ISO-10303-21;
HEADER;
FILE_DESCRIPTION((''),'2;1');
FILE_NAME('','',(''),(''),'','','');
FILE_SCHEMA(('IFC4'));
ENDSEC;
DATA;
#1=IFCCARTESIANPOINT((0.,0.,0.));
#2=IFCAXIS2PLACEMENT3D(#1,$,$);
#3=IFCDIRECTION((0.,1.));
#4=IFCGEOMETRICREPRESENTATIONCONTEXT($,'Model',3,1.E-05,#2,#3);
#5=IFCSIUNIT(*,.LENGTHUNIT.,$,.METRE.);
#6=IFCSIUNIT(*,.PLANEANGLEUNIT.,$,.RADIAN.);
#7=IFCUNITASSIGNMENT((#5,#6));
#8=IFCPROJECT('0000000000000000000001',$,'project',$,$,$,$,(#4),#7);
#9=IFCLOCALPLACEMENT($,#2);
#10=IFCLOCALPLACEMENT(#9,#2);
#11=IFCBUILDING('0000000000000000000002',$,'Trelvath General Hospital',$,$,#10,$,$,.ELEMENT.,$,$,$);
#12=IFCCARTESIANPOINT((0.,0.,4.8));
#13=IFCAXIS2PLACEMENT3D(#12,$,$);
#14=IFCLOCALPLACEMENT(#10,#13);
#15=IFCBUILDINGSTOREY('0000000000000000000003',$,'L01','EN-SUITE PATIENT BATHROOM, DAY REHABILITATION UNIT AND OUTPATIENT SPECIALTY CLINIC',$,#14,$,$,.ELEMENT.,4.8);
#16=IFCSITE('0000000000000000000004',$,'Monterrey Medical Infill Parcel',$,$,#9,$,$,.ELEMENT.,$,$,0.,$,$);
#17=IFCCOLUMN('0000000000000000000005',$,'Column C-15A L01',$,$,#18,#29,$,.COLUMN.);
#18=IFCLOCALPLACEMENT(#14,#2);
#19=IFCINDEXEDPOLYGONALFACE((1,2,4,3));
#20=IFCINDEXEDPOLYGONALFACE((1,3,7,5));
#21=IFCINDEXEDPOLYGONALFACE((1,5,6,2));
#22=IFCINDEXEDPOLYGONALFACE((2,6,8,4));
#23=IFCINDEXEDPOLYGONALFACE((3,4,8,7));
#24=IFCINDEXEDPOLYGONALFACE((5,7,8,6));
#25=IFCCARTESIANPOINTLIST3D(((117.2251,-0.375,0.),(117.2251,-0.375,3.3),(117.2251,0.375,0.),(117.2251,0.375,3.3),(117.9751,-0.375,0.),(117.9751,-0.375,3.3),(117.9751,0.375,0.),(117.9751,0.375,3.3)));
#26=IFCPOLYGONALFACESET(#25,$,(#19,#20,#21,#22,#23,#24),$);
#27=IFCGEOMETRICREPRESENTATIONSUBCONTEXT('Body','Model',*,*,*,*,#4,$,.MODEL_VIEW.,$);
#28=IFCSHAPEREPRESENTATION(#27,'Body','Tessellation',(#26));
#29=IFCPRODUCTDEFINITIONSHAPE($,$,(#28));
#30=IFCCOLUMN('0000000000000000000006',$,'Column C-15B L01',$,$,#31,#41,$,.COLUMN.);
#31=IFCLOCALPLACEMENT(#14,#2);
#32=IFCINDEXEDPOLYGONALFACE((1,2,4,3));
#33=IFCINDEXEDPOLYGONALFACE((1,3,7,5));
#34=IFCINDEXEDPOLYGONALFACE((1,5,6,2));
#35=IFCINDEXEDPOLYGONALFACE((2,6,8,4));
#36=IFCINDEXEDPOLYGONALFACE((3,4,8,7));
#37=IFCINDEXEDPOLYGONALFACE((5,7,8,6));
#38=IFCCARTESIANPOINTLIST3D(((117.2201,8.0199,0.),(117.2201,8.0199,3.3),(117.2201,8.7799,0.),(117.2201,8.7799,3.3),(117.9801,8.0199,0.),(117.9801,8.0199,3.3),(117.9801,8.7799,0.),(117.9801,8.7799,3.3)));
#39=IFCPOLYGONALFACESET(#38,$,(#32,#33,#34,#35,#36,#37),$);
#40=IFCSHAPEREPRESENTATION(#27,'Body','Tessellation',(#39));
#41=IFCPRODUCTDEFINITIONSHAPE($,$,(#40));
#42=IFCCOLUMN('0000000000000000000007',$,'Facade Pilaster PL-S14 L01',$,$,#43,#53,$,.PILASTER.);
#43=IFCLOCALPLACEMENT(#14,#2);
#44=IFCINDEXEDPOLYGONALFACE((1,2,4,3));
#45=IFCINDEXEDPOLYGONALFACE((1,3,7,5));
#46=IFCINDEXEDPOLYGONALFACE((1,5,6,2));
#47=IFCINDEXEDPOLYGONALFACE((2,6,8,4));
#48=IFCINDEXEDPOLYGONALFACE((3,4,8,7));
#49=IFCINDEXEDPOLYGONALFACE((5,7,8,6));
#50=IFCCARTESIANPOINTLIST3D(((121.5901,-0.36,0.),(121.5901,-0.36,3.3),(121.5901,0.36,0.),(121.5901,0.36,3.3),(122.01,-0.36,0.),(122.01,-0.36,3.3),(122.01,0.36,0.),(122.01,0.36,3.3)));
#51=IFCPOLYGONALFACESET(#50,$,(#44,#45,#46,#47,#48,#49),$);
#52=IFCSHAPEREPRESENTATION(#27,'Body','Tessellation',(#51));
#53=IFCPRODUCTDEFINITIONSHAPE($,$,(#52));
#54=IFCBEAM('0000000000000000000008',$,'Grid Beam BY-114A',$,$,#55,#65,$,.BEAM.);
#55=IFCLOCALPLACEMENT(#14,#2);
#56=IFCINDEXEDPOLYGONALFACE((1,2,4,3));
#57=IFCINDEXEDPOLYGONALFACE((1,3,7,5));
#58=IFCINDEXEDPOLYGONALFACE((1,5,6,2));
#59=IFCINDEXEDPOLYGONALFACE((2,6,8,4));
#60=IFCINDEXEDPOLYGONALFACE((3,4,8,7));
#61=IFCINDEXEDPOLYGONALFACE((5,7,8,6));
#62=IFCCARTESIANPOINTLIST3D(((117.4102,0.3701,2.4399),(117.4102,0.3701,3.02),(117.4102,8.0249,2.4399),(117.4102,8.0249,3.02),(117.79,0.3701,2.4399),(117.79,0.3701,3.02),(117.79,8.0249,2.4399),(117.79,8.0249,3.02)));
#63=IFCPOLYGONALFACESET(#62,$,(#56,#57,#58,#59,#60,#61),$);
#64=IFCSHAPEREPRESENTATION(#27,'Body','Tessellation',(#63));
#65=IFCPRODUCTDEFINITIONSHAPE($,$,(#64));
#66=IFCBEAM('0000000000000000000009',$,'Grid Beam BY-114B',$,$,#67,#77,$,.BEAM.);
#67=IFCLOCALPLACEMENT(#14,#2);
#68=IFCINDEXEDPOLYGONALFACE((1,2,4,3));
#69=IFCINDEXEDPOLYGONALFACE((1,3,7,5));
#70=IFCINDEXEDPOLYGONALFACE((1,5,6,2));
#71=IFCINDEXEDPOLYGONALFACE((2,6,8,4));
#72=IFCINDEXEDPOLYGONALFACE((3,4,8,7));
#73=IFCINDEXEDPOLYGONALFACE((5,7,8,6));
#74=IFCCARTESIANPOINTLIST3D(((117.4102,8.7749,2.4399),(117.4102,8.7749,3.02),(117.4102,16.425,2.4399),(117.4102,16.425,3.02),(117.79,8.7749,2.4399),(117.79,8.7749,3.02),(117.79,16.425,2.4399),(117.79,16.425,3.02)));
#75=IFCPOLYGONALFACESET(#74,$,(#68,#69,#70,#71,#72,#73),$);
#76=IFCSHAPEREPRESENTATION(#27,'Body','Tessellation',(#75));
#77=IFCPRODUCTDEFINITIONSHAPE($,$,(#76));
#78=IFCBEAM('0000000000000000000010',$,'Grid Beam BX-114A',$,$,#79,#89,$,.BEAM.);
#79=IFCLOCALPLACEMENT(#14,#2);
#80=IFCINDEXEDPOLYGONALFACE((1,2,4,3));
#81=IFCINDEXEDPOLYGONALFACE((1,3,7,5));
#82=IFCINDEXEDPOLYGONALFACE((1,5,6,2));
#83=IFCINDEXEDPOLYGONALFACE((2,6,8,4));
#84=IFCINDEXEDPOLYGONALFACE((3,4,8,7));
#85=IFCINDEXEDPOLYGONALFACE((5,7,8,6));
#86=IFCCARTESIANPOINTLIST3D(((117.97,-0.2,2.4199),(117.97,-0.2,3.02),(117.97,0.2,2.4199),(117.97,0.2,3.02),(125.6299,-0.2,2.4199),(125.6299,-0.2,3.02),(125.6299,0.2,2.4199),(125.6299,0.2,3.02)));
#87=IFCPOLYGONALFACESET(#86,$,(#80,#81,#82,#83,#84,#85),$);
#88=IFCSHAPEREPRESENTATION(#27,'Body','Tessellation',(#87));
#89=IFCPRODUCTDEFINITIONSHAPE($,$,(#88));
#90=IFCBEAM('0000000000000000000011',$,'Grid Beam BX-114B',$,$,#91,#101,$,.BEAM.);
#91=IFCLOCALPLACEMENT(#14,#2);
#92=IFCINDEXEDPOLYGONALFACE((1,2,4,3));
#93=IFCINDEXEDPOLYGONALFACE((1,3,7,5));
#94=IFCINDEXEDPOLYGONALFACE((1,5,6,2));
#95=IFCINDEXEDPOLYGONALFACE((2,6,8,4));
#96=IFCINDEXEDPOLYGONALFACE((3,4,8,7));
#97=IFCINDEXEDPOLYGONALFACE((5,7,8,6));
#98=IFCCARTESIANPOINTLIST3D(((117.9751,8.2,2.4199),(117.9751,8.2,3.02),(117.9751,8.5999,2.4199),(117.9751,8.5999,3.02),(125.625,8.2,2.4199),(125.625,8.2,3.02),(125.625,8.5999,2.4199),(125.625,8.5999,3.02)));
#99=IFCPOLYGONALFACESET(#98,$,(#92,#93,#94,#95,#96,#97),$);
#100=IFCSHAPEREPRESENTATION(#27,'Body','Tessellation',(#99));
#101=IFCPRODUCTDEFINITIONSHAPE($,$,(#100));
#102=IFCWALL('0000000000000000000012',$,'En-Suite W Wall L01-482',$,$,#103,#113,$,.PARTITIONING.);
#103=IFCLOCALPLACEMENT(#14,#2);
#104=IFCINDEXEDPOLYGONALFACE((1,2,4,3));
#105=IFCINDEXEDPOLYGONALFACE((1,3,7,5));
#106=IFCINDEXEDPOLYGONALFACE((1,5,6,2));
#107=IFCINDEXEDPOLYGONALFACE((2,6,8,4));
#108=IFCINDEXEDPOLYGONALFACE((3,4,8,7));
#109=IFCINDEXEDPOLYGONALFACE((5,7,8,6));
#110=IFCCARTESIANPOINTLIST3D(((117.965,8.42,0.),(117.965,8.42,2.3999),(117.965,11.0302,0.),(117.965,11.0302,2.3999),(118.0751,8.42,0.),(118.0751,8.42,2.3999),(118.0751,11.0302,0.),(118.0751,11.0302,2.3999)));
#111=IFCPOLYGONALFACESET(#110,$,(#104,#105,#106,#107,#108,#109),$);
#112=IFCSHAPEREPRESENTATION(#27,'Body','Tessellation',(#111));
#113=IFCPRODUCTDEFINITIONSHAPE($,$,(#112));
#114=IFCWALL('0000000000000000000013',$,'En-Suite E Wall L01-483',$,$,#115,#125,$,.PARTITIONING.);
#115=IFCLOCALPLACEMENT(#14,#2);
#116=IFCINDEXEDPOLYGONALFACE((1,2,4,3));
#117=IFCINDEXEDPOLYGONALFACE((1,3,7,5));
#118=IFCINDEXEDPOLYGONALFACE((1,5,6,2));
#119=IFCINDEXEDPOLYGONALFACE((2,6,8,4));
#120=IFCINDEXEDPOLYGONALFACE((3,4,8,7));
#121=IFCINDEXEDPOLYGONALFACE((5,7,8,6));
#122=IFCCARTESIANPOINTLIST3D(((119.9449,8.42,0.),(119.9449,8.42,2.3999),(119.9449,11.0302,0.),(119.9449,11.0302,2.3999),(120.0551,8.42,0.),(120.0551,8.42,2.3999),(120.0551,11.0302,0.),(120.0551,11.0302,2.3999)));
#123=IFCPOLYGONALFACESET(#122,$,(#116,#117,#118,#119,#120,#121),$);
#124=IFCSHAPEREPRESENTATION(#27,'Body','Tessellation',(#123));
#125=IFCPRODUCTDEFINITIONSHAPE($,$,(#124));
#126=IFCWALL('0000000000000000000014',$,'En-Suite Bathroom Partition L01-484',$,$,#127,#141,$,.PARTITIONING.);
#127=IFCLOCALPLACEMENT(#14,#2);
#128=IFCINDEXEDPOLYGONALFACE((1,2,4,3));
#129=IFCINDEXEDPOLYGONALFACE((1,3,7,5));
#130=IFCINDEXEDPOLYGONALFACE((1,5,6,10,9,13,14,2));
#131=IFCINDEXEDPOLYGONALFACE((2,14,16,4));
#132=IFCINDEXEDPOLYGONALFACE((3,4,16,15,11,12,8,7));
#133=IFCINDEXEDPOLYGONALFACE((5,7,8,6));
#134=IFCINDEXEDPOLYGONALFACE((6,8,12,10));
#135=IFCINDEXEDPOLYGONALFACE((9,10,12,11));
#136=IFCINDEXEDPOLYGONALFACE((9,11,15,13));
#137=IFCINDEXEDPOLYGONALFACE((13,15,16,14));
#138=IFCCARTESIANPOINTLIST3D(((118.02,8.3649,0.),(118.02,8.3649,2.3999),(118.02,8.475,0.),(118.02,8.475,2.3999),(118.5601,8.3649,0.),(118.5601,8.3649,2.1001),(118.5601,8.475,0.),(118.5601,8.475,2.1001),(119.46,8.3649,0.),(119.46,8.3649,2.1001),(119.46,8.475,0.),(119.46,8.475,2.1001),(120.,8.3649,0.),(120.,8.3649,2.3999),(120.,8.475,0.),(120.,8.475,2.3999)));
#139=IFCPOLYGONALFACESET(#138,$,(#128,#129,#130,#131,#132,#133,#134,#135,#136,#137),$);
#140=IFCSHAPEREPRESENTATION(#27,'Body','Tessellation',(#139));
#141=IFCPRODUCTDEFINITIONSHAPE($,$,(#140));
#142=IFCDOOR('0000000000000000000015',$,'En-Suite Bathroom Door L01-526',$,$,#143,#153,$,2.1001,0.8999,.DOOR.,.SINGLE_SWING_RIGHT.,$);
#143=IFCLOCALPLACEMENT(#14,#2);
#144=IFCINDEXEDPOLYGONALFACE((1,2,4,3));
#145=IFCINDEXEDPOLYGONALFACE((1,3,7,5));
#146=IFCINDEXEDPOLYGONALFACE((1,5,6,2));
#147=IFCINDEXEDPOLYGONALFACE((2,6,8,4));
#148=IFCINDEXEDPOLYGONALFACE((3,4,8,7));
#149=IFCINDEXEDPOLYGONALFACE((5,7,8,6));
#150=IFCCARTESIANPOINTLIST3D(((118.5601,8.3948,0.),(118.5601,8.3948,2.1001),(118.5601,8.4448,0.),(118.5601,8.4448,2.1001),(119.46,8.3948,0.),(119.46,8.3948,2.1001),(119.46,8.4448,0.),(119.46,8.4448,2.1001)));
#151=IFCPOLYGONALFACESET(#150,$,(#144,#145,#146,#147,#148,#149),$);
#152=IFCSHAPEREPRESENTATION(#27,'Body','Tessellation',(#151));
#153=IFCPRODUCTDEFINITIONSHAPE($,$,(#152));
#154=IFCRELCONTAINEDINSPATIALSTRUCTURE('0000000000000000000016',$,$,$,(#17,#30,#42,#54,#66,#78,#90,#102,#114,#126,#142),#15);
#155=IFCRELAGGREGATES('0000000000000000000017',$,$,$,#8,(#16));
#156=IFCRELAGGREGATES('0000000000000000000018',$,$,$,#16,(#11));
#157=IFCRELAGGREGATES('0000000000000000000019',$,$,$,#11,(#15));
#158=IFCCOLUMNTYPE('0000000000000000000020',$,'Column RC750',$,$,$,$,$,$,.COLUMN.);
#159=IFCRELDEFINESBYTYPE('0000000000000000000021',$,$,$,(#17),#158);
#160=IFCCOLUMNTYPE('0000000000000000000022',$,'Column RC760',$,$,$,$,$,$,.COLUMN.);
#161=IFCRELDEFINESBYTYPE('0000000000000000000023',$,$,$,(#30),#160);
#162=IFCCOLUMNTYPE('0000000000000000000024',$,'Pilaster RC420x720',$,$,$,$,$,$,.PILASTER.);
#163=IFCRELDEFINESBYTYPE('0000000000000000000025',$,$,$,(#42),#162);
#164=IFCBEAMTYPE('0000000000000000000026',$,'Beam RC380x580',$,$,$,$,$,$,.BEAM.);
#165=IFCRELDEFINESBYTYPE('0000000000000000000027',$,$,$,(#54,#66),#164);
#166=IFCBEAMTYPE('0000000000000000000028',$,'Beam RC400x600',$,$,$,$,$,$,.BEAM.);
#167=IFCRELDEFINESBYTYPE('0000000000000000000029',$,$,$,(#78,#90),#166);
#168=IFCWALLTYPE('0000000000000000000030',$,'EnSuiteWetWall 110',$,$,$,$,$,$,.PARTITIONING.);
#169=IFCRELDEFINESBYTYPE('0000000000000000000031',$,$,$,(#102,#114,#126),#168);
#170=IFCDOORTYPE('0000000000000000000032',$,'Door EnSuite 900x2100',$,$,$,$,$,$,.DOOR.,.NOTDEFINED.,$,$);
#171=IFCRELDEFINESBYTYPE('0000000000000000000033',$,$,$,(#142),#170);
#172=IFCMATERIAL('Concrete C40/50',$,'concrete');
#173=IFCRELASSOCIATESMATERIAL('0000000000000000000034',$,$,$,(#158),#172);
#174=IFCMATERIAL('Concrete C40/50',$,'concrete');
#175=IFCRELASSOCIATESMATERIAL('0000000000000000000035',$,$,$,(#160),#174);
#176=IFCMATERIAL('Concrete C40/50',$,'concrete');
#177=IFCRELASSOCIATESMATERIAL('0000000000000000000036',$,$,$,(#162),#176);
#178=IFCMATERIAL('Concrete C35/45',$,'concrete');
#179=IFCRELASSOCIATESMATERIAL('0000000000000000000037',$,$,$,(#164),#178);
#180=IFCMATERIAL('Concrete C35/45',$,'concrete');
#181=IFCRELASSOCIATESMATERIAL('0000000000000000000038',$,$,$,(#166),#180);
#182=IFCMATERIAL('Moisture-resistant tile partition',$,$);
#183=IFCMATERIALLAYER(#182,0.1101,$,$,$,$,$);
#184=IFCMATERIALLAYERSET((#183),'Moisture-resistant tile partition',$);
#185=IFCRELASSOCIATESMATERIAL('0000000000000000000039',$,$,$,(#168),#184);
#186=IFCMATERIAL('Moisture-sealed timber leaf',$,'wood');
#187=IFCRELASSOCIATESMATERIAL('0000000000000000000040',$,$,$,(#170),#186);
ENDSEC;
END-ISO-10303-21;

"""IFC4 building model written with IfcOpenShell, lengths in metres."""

from ifc_helpers import new_model, si_unit, direction, frame, frame_2d, origin, origin_2d, place, context, subcontext, project, spatial, rectangle, extrude, material, layer, layer_set, material_profile, profile_set, type_object, element, fill, save


model = new_model("IFC4")

# Units and contexts
model_context = context("Model", 3, precision=1e-05, world=origin(), true_north=direction((0.0, 1.0)))
body_context = subcontext(model_context, "Body", "Model", "MODEL_VIEW")
ifc_project = project(units=[si_unit("LENGTHUNIT", "METRE"), si_unit("PLANEANGLEUNIT", "RADIAN")], contexts=[model_context])

# Site, building, storey
site_placement = place(None, origin())
site = spatial("IfcSite", under=ifc_project, at=site_placement, Name="Monterrey Medical Infill Parcel", CompositionType="ELEMENT", RefElevation=0.0)
building_placement = place(site_placement, origin())
building = spatial("IfcBuilding", under=site, at=building_placement, Name="Trelvath General Hospital", CompositionType="ELEMENT")
storey_placement = place(building_placement, frame((0.0, 0.0, 4.8)))
storey = spatial("IfcBuildingStorey", under=building, at=storey_placement, Name="L01", Description="EN-SUITE PATIENT BATHROOM, DAY REHABILITATION UNIT AND OUTPATIENT SPECIALTY CLINIC", CompositionType="ELEMENT", Elevation=4.8)

# Columns
ifc_material_1 = material(Name="Concrete C40/50", Category="concrete")
ifc_material_profile_1 = material_profile(ifc_material_1, rectangle(XDim=0.75, YDim=0.75, at=origin_2d()), Name="RC750x750")
ifc_profile_set_1 = profile_set([ifc_material_profile_1], Name="Concrete C40/50")
column_type_1 = type_object("IfcColumnType", Name="Column RC750", PredefinedType="COLUMN", material=ifc_profile_set_1)
column_1_placement = place(storey_placement, frame((117.6001, 0.0, 0.0), z_axis=(0.0, 0.0, 1.0), x_axis=(1.0, 0.0, 0.0)))
element("IfcColumn", 1, at=column_1_placement, inside=storey, type_object=column_type_1, Name="Column C-15A L01", PredefinedType="COLUMN", context=body_context, shape_type="SweptSolid", body=[
    extrude(rectangle(XDim=0.75, YDim=0.75, at=origin_2d()), origin(), (0.0, 0.0, 1.0), 3.3),
])
ifc_material_2 = material(Name="Concrete C40/50", Category="concrete")
ifc_material_profile_2 = material_profile(ifc_material_2, rectangle(XDim=0.76, YDim=0.76, at=origin_2d()), Name="RC760x760")
ifc_profile_set_2 = profile_set([ifc_material_profile_2], Name="Concrete C40/50")
column_type_2 = type_object("IfcColumnType", Name="Column RC760", PredefinedType="COLUMN", material=ifc_profile_set_2)
column_2_placement = place(storey_placement, frame((117.6001, 8.3999, 0.0), z_axis=(0.0, 0.0, 1.0), x_axis=(1.0, 0.0, 0.0)))
element("IfcColumn", 2, at=column_2_placement, inside=storey, type_object=column_type_2, Name="Column C-15B L01", PredefinedType="COLUMN", context=body_context, shape_type="SweptSolid", body=[
    extrude(rectangle(XDim=0.76, YDim=0.76, at=origin_2d()), origin(), (0.0, 0.0, 1.0), 3.3),
])
ifc_material_3 = material(Name="Concrete C40/50", Category="concrete")
ifc_material_profile_3 = material_profile(ifc_material_3, rectangle(XDim=0.4199, YDim=0.72, at=origin_2d()), Name="RC420x720")
ifc_profile_set_3 = profile_set([ifc_material_profile_3], Name="Concrete C40/50")
column_type_3 = type_object("IfcColumnType", Name="Pilaster RC420x720", PredefinedType="PILASTER", material=ifc_profile_set_3)
column_3_placement = place(storey_placement, frame((121.8, 0.0, 0.0), z_axis=(0.0, 0.0, 1.0), x_axis=(1.0, 0.0, 0.0)))
element("IfcColumn", 3, at=column_3_placement, inside=storey, type_object=column_type_3, Name="Facade Pilaster PL-S14 L01", PredefinedType="PILASTER", context=body_context, shape_type="SweptSolid", body=[
    extrude(rectangle(XDim=0.4199, YDim=0.72, at=origin_2d()), origin(), (0.0, 0.0, 1.0), 3.3),
])

# Beams
ifc_material_4 = material(Name="Concrete C35/45", Category="concrete")
ifc_material_profile_4 = material_profile(ifc_material_4, rectangle(XDim=0.3799, YDim=0.5801, at=origin_2d()), Name="RCB380x580")
ifc_profile_set_4 = profile_set([ifc_material_profile_4], Name="Concrete C35/45")
beam_type_1 = type_object("IfcBeamType", Name="Beam RC380x580", PredefinedType="BEAM", material=ifc_profile_set_4)
beam_1_placement = place(storey_placement, frame((117.6001, 0.3701, 2.73), z_axis=(0.0, 1.0, 0.0), x_axis=(-1.0, 0.0, 0.0)))
element("IfcBeam", 4, at=beam_1_placement, inside=storey, type_object=beam_type_1, Name="Grid Beam BY-114A", PredefinedType="BEAM", context=body_context, shape_type="SweptSolid", body=[
    extrude(rectangle(XDim=0.3799, YDim=0.5801, at=origin_2d()), origin(), (0.0, 0.0, 1.0), 7.6548),
])
beam_2_placement = place(storey_placement, frame((117.6001, 8.7749, 2.73), z_axis=(0.0, 1.0, 0.0), x_axis=(-1.0, 0.0, 0.0)))
element("IfcBeam", 5, at=beam_2_placement, inside=storey, type_object=beam_type_1, Name="Grid Beam BY-114B", PredefinedType="BEAM", context=body_context, shape_type="SweptSolid", body=[
    extrude(rectangle(XDim=0.3799, YDim=0.5801, at=origin_2d()), origin(), (0.0, 0.0, 1.0), 7.6501),
])
ifc_material_5 = material(Name="Concrete C35/45", Category="concrete")
ifc_material_profile_5 = material_profile(ifc_material_5, rectangle(XDim=0.3999, YDim=0.6001, at=origin_2d()), Name="RCB400x600")
ifc_profile_set_5 = profile_set([ifc_material_profile_5], Name="Concrete C35/45")
beam_type_2 = type_object("IfcBeamType", Name="Beam RC400x600", PredefinedType="BEAM", material=ifc_profile_set_5)
beam_3_placement = place(storey_placement, frame((117.97, 0.0, 2.72), z_axis=(1.0, 0.0, 0.0), x_axis=(0.0, 1.0, 0.0)))
element("IfcBeam", 6, at=beam_3_placement, inside=storey, type_object=beam_type_2, Name="Grid Beam BX-114A", PredefinedType="BEAM", context=body_context, shape_type="SweptSolid", body=[
    extrude(rectangle(XDim=0.3999, YDim=0.6001, at=origin_2d()), origin(), (0.0, 0.0, 1.0), 7.6599),
])
beam_4_placement = place(storey_placement, frame((117.9751, 8.3999, 2.72), z_axis=(1.0, 0.0, 0.0), x_axis=(0.0, 1.0, 0.0)))
element("IfcBeam", 7, at=beam_4_placement, inside=storey, type_object=beam_type_2, Name="Grid Beam BX-114B", PredefinedType="BEAM", context=body_context, shape_type="SweptSolid", body=[
    extrude(rectangle(XDim=0.3999, YDim=0.6001, at=origin_2d()), origin(), (0.0, 0.0, 1.0), 7.6499),
])

# Walls
ifc_material_6 = material(Name="Moisture-resistant tile partition")
ifc_layer_1 = layer(ifc_material_6, 0.1101)
ifc_layer_set_1 = layer_set([ifc_layer_1], Name="Moisture-resistant tile partition")
wall_type_1 = type_object("IfcWallType", Name="EnSuiteWetWall 110", PredefinedType="PARTITIONING", material=ifc_layer_set_1)
for number, where, z_axis, x_axis, name in (
    (8, (118.02, 8.4199, 0.0), (0.0, 0.0, 1.0), (0.0, 1.0, 0.0), "En-Suite W Wall L01-482"),
    (9, (120.0, 8.4199, 0.0), (0.0, 0.0, 1.0), (0.0, 1.0, 0.0), "En-Suite E Wall L01-483"),
):
    element("IfcWall", number, at=place(storey_placement, frame(where, z_axis=z_axis, x_axis=x_axis)), inside=storey, type_object=wall_type_1, Name=name, PredefinedType="PARTITIONING", context=body_context, shape_type="SweptSolid", body=[
        extrude(rectangle(XDim=2.6101, YDim=0.1101, at=frame_2d((1.3052, 0.0))), origin(), (0.0, 0.0, 1.0), 2.3999),
    ])

# Wall, opening, door
wall_1_placement = place(storey_placement, frame((118.02, 8.4199, 0.0), z_axis=(0.0, 0.0, 1.0), x_axis=(1.0, 0.0, 0.0)))
wall_1 = element("IfcWall", 10, at=wall_1_placement, inside=storey, type_object=wall_type_1, Name="En-Suite Bathroom Partition L01-484", PredefinedType="PARTITIONING", context=body_context, shape_type="SweptSolid", body=[
    extrude(rectangle(XDim=1.98, YDim=0.1101, at=frame_2d((0.99, 0.0))), origin(), (0.0, 0.0, 1.0), 2.3999),
])
opening_1_placement = place(wall_1_placement, frame((0.54, 0.0, 0.0)))
opening_1 = element("IfcOpeningElement", 11, at=opening_1_placement, cuts=wall_1, PredefinedType="OPENING", context=body_context, shape_type="SweptSolid", body=[
    extrude(rectangle(XDim=0.8999, YDim=2.1001, at=frame_2d((0.45, 1.05))), frame((0.0, 0.0649, 0.0), z_axis=(0.0, -1.0, 0.0), x_axis=(1.0, 0.0, 0.0)), (0.0, 0.0, 1.0), 0.1301),
])
ifc_material_7 = material(Name="Moisture-sealed timber leaf", Category="wood")
door_type_1 = type_object("IfcDoorType", Name="Door EnSuite 900x2100", OperationType="NOTDEFINED", PredefinedType="DOOR", material=ifc_material_7)
door_1_placement = place(opening_1_placement, origin())
door_1 = element("IfcDoor", 12, at=door_1_placement, inside=storey, type_object=door_type_1, Name="En-Suite Bathroom Door L01-526", OperationType="SINGLE_SWING_RIGHT", OverallHeight=2.1001, OverallWidth=0.8999, PredefinedType="DOOR", context=body_context, shape_type="SweptSolid", body=[
    extrude(rectangle(XDim=0.8999, YDim=2.1001, at=frame_2d((0.45, 1.05))), frame((0.0, 0.0249, 0.0), z_axis=(0.0, -1.0, 0.0), x_axis=(1.0, 0.0, 0.0)), (0.0, 0.0, 1.0), 0.05),
])
fill(opening_1, door_1)

save(model, "model.ifc")
